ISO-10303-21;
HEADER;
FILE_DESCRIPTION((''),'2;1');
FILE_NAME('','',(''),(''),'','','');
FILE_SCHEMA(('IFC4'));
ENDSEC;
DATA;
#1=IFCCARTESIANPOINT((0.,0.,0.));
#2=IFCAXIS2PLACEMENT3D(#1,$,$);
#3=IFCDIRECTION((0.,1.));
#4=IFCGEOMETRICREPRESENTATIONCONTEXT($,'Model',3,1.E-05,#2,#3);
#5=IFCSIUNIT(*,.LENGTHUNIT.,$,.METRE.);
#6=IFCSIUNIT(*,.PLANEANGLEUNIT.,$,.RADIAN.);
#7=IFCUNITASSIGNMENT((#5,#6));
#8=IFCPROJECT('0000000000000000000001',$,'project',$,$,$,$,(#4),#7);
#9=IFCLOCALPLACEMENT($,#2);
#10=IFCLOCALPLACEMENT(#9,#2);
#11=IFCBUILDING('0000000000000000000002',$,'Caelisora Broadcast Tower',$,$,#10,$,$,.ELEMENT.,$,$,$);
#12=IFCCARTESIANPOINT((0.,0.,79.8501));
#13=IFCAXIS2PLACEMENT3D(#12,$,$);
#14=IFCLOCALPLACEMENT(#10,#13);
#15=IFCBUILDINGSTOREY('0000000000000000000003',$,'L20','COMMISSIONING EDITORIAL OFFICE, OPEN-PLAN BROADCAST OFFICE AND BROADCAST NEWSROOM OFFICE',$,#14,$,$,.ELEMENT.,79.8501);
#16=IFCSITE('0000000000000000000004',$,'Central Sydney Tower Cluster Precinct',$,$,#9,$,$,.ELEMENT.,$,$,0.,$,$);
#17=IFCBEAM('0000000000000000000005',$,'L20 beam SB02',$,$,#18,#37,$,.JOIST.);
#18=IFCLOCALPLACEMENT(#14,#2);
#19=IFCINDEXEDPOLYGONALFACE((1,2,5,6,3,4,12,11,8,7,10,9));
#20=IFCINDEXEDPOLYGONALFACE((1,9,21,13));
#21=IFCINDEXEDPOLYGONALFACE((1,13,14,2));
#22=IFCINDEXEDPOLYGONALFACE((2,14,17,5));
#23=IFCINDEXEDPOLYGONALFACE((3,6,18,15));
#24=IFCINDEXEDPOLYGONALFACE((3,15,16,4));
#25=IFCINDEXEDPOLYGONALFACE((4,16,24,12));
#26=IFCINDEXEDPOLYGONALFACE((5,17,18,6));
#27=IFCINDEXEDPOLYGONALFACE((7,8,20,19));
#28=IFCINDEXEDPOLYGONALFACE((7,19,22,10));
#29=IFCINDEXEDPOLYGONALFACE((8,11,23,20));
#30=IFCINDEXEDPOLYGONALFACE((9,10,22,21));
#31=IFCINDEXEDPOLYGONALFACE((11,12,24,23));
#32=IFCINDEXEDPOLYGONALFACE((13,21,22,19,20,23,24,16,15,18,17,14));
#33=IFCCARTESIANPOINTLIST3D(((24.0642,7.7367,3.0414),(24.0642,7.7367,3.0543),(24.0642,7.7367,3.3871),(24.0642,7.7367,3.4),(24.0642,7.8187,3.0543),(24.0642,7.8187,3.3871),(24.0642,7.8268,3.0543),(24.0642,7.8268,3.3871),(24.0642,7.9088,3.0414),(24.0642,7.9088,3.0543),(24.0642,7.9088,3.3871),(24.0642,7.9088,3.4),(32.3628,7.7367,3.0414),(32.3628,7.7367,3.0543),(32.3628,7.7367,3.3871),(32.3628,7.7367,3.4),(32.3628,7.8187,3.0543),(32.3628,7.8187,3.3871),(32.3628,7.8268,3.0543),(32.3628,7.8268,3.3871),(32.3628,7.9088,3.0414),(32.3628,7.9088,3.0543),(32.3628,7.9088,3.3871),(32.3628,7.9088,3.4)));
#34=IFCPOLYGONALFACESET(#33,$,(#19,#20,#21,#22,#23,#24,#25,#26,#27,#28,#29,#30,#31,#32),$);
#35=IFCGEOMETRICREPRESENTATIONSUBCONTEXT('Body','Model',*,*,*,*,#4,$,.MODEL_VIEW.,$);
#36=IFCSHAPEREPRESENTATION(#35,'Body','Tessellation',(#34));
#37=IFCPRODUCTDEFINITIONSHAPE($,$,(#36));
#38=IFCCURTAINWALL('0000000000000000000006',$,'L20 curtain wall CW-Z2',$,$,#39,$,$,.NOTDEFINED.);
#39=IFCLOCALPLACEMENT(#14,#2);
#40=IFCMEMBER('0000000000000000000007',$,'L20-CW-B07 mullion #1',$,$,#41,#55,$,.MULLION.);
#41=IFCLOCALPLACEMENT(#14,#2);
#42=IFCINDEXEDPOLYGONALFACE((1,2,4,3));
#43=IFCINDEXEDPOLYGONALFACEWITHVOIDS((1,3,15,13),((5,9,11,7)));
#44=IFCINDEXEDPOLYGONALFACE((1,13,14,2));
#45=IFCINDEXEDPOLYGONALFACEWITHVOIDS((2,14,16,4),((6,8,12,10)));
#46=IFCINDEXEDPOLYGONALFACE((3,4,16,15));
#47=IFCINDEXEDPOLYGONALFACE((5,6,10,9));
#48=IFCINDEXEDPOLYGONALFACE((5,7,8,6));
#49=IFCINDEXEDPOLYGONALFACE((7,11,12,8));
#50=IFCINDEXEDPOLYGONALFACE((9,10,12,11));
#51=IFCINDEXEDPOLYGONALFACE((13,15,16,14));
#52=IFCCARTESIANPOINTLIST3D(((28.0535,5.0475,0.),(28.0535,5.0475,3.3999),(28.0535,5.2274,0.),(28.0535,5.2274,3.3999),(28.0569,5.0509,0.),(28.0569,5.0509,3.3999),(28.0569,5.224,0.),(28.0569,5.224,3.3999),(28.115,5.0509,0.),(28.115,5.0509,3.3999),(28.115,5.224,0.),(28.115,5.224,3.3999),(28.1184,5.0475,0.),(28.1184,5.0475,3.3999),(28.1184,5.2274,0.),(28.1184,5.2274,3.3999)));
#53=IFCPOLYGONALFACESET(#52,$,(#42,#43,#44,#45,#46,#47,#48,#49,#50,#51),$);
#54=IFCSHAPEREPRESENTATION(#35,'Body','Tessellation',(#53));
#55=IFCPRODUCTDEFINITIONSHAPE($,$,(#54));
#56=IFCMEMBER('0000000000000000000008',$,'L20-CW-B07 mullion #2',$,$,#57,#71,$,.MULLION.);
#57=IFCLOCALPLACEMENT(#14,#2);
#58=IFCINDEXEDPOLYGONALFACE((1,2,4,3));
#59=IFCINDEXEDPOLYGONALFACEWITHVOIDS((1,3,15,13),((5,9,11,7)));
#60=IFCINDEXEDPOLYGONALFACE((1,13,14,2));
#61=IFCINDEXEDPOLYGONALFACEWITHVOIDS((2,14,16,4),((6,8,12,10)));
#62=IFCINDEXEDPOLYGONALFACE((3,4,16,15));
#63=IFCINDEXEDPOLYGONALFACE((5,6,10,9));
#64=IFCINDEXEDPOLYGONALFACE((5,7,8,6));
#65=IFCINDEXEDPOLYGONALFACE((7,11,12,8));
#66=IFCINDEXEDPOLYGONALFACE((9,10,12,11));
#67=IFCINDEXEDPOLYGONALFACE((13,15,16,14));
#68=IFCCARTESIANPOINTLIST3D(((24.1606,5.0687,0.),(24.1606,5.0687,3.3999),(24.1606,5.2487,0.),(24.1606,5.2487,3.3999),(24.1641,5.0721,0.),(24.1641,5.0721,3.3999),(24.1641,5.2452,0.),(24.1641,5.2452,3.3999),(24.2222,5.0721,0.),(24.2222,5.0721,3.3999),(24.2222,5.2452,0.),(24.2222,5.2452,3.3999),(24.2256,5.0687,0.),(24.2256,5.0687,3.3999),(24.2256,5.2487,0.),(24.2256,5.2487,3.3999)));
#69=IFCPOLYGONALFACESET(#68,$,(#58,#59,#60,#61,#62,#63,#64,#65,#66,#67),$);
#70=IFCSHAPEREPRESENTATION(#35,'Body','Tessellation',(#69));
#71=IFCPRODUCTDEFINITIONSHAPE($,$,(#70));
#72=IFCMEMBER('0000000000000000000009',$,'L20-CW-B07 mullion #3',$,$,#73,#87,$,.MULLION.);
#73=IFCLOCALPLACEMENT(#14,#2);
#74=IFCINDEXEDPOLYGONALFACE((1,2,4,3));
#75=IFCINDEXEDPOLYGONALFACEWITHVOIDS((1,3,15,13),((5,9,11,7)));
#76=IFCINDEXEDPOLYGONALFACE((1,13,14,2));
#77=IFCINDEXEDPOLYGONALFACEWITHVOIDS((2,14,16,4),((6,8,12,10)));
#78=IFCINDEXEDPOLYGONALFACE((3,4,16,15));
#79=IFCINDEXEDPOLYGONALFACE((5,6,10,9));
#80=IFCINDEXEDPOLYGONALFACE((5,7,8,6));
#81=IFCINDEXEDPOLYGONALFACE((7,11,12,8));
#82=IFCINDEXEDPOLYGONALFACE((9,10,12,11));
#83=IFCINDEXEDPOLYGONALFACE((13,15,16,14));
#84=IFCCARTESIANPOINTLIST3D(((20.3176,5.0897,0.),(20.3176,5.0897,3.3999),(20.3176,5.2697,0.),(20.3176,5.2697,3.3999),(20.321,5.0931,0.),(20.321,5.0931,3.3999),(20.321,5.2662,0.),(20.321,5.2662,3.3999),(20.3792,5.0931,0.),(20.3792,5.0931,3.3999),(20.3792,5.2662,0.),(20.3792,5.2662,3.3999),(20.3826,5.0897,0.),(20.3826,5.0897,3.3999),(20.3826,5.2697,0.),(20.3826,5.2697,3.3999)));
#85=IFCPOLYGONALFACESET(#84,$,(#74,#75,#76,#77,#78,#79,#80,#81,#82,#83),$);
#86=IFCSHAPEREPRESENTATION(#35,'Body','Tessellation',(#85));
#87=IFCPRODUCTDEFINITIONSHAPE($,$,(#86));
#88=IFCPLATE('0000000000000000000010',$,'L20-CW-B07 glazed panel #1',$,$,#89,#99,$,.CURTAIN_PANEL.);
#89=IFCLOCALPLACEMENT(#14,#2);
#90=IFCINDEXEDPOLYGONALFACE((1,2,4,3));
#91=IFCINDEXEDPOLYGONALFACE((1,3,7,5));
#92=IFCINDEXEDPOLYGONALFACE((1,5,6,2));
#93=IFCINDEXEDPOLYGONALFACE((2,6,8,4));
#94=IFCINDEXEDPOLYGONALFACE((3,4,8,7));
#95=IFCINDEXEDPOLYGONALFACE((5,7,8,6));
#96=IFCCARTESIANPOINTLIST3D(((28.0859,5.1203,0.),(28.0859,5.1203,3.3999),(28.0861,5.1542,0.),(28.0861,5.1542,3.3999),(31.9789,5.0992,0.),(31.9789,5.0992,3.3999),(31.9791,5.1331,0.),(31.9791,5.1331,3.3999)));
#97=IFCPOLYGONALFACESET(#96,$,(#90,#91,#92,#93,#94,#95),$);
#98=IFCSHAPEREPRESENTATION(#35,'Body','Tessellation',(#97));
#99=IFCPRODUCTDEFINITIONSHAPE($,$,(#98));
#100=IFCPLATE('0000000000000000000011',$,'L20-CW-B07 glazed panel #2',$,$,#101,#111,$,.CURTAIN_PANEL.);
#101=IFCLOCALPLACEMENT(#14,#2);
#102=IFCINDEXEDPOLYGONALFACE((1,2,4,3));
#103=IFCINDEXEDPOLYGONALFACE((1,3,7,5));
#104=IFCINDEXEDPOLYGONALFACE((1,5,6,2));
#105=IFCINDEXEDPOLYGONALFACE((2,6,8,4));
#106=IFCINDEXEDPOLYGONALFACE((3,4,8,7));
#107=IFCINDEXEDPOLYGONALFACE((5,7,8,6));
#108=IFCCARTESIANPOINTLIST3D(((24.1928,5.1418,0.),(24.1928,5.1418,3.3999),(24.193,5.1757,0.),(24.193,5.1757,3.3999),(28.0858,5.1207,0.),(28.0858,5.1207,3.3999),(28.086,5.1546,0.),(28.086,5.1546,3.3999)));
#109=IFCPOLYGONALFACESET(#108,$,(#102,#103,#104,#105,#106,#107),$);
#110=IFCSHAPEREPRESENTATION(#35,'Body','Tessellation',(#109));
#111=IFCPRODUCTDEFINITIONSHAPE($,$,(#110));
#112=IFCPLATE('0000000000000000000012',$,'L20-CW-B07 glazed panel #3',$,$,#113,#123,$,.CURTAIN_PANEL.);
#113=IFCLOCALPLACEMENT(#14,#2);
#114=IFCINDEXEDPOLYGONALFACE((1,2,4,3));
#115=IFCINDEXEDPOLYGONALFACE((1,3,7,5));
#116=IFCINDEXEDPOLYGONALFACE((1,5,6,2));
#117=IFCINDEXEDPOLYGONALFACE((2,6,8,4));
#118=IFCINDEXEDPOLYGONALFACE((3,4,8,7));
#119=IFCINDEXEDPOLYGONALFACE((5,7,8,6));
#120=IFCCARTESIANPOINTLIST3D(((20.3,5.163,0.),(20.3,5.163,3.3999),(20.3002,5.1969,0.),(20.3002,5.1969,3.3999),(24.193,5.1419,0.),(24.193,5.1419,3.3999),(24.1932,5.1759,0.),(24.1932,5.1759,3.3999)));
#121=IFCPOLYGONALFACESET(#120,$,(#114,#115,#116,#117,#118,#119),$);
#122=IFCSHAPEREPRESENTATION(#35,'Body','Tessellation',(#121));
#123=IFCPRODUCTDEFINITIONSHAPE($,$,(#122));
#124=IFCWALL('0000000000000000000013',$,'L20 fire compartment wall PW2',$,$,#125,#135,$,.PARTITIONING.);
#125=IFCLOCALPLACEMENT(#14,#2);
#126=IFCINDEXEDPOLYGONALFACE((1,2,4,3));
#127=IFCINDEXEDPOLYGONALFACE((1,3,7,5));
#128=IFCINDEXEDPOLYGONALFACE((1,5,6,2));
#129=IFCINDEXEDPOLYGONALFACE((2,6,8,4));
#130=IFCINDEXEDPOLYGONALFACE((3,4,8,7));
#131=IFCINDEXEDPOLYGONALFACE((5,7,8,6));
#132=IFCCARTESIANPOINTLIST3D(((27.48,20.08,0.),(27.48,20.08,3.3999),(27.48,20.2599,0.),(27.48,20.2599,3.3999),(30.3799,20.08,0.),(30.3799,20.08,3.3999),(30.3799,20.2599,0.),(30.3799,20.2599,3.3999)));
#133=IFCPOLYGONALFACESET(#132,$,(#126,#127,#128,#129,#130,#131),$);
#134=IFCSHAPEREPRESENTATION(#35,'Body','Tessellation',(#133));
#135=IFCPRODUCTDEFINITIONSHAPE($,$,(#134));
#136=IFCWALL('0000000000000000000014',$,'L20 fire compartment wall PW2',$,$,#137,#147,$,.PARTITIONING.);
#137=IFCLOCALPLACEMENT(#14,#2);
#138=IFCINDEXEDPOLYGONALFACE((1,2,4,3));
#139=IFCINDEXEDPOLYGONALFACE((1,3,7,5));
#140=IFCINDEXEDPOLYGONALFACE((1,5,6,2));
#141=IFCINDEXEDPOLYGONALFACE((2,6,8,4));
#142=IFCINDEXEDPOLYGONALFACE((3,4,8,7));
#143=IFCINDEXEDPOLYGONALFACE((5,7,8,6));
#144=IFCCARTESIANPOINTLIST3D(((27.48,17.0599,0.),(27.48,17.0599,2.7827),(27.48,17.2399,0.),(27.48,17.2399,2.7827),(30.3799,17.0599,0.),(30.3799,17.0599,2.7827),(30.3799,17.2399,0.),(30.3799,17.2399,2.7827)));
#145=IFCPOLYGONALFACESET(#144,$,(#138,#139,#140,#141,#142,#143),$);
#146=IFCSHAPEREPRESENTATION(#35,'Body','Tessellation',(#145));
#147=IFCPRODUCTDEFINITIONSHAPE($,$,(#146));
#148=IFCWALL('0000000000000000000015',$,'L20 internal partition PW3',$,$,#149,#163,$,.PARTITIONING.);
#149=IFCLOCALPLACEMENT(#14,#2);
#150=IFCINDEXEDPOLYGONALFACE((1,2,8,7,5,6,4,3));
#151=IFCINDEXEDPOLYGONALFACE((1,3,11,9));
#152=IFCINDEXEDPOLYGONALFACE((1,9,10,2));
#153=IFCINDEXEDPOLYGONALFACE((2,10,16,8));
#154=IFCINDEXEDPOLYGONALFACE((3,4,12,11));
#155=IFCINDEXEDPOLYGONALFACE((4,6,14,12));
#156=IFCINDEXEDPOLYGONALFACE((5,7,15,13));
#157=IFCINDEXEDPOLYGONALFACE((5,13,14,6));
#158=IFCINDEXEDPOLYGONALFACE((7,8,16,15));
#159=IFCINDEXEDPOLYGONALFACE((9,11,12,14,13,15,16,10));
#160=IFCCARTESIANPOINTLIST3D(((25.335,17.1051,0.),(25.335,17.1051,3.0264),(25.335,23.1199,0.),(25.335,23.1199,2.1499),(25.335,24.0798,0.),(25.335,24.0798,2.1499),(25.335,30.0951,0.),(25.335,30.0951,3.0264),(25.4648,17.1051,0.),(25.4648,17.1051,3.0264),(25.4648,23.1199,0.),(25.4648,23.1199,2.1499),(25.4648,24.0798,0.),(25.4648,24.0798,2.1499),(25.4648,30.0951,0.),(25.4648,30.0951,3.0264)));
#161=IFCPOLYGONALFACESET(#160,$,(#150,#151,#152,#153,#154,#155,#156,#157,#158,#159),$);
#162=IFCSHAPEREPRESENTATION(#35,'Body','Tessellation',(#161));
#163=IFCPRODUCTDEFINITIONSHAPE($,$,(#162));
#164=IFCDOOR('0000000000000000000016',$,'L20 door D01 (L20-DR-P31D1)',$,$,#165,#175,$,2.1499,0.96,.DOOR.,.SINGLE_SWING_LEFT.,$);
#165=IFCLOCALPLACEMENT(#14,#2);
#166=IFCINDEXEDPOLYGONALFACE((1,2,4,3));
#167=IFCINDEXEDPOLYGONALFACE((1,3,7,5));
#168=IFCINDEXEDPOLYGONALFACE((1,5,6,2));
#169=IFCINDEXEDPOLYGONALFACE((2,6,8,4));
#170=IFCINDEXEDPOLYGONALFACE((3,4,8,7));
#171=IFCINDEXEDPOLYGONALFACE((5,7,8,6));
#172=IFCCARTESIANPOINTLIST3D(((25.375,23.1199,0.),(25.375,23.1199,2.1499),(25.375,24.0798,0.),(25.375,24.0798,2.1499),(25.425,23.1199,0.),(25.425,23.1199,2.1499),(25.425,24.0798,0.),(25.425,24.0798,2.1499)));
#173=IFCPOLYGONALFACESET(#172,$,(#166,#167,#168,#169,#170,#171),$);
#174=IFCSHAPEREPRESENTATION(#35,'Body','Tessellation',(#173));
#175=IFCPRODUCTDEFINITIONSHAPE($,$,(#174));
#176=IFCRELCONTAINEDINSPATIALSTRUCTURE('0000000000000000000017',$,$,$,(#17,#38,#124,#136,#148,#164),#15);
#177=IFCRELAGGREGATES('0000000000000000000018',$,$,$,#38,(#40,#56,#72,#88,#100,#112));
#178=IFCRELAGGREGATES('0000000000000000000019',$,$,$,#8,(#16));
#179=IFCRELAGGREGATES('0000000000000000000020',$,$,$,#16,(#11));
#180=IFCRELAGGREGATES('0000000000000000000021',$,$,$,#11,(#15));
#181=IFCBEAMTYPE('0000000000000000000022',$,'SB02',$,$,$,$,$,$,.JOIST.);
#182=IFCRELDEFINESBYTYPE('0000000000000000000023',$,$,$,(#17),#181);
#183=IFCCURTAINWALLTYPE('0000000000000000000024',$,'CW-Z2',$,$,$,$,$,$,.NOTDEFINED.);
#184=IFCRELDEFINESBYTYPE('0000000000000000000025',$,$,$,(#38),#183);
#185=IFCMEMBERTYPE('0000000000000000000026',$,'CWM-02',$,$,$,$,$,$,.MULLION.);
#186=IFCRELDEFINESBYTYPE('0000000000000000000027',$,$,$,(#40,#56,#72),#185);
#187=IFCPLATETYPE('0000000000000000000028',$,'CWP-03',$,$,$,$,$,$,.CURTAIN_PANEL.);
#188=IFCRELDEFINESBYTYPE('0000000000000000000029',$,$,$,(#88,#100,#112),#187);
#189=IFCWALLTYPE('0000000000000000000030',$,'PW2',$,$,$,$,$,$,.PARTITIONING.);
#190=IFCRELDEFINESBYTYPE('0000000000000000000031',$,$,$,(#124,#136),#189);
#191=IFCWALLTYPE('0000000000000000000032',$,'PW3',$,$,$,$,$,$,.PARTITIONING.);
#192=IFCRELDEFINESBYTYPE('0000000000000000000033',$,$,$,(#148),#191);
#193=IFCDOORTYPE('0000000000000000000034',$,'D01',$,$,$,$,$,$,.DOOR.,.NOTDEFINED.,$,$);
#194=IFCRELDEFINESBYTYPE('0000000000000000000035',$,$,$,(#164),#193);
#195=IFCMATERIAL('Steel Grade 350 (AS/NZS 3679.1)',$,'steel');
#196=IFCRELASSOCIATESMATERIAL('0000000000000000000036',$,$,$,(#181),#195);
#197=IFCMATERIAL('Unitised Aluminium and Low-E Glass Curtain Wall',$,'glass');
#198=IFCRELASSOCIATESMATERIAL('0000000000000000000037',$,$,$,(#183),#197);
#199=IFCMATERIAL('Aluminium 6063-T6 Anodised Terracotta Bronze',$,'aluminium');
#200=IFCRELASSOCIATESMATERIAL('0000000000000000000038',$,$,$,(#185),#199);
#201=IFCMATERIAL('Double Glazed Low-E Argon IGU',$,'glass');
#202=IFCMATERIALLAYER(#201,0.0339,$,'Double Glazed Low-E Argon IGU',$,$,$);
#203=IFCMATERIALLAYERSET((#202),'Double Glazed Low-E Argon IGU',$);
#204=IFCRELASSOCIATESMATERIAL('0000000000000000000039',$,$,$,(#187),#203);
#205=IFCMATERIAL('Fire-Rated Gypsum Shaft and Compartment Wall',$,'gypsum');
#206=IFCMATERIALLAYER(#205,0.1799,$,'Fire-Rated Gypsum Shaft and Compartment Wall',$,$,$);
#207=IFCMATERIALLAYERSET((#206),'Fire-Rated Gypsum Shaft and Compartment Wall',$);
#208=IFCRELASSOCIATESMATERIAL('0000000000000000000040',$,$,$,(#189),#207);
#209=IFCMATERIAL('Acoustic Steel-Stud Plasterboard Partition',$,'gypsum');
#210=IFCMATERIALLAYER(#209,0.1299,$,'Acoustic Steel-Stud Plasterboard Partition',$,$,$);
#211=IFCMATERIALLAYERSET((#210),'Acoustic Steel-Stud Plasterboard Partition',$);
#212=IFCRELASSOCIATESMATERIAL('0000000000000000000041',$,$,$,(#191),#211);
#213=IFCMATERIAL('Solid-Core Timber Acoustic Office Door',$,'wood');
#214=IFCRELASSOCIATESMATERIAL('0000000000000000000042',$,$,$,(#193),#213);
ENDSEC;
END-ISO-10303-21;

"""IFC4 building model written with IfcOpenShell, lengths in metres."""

from ifc_helpers import new_model, si_unit, direction, frame, frame_2d, origin, origin_2d, place, context, subcontext, project, spatial, rectangle, hollow_rectangle, i_section, extrude, source, transform, mapped, material, layer, layer_set, material_profile, profile_set, type_object, type_shapes, element, fill, aggregate, save


model = new_model("IFC4")

# Units and contexts
model_context = context("Model", 3, precision=1e-05, world=origin(), true_north=direction((0.0, 1.0)))
body_context = subcontext(model_context, "Body", "Model", "MODEL_VIEW")
ifc_project = project(units=[si_unit("LENGTHUNIT", "METRE"), si_unit("PLANEANGLEUNIT", "RADIAN")], contexts=[model_context])

# Site, building, storey
site_placement = place(None, origin())
site = spatial("IfcSite", under=ifc_project, at=site_placement, Name="Central Sydney Tower Cluster Precinct", CompositionType="ELEMENT", RefElevation=0.0)
building_placement = place(site_placement, origin())
building = spatial("IfcBuilding", under=site, at=building_placement, Name="Caelisora Broadcast Tower", CompositionType="ELEMENT")
storey_placement = place(building_placement, frame((0.0, 0.0, 79.8501)))
storey = spatial("IfcBuildingStorey", under=building, at=storey_placement, Name="L20", Description="COMMISSIONING EDITORIAL OFFICE, OPEN-PLAN BROADCAST OFFICE AND BROADCAST NEWSROOM OFFICE", CompositionType="ELEMENT", Elevation=79.8501)

# Beam
ifc_material_1 = material(Name="Steel Grade 350 (AS/NZS 3679.1)", Category="steel")
ifc_material_profile_1 = material_profile(ifc_material_1, i_section(OverallWidth=0.1721, OverallDepth=0.3586, WebThickness=0.0081, FlangeThickness=0.0129, at=origin_2d()), Name="Steel Grade 350 (AS/NZS 3679.1)")
ifc_profile_set_1 = profile_set([ifc_material_profile_1], Name="Steel Grade 350 (AS/NZS 3679.1)")
beam_type_1 = type_object("IfcBeamType", Name="SB02", PredefinedType="JOIST", material=ifc_profile_set_1)
shared_shape_1 = source(origin(), body_context, "Body", "SweptSolid", [
    extrude(i_section(OverallWidth=0.1721, OverallDepth=0.3586, WebThickness=0.0081, FlangeThickness=0.0129, at=origin_2d()), origin(), (0.0, 0.0, 1.0), 8.2986),
])
beam_1_placement = place(storey_placement, frame((24.0642, 7.8228, 3.2207), z_axis=(1.0, 0.0, 0.0), x_axis=(0.0, 1.0, 0.0)))
element("IfcBeam", 1, at=beam_1_placement, inside=storey, type_object=beam_type_1, Name="L20 beam SB02", PredefinedType="JOIST", context=body_context, shape_type="MappedRepresentation", body=[
    mapped(shared_shape_1, transform((0.0, 0.0, 0.0), scale=1.0)),
])

# Curtain wall, members, plates
ifc_material_2 = material(Name="Unitised Aluminium and Low-E Glass Curtain Wall", Category="glass")
curtain_wall_type = type_object("IfcCurtainWallType", Name="CW-Z2", PredefinedType="NOTDEFINED", material=ifc_material_2)
curtain_wall_placement = place(storey_placement, origin())
curtain_wall = element("IfcCurtainWall", 2, at=curtain_wall_placement, inside=storey, type_object=curtain_wall_type, Name="L20 curtain wall CW-Z2", PredefinedType="NOTDEFINED")
ifc_material_3 = material(Name="Aluminium 6063-T6 Anodised Terracotta Bronze", Category="aluminium")
ifc_material_profile_2 = material_profile(ifc_material_3, hollow_rectangle(XDim=0.0649, YDim=0.1799, WallThickness=0.0034, at=origin_2d()), Name="Aluminium 6063-T6 Anodised Terracotta Bronze")
ifc_profile_set_2 = profile_set([ifc_material_profile_2], Name="Aluminium 6063-T6 Anodised Terracotta Bronze")
member_type = type_object("IfcMemberType", Name="CWM-02", PredefinedType="MULLION", material=ifc_profile_set_2)
shared_shape_2 = source(origin(), body_context, "Body", "SweptSolid", [
    extrude(hollow_rectangle(XDim=0.0649, YDim=0.1799, WallThickness=0.0034, at=origin_2d()), origin(), (0.0, 0.0, 1.0), 3.3999),
])
type_shapes(member_type, [shared_shape_2])
member_1_placement = place(storey_placement, frame((28.0859, 5.1375, 0.0), z_axis=(0.0, 0.0, 1.0), x_axis=(1.0, 0.0, 0.0)))
member_1 = element("IfcMember", 3, at=member_1_placement, type_object=member_type, Name="L20-CW-B07 mullion #1", PredefinedType="MULLION", context=body_context, shape_type="MappedRepresentation", body=[
    mapped(shared_shape_2, transform((0.0, 0.0, 0.0), scale=1.0)),
])
member_2_placement = place(storey_placement, frame((24.1931, 5.1587, 0.0), z_axis=(0.0, 0.0, 1.0), x_axis=(1.0, 0.0, 0.0)))
member_2 = element("IfcMember", 4, at=member_2_placement, type_object=member_type, Name="L20-CW-B07 mullion #2", PredefinedType="MULLION", context=body_context, shape_type="MappedRepresentation", body=[
    mapped(shared_shape_2, transform((0.0, 0.0, 0.0), scale=1.0)),
])
member_3_placement = place(storey_placement, frame((20.3501, 5.1797, 0.0), z_axis=(0.0, 0.0, 1.0), x_axis=(1.0, 0.0, 0.0)))
member_3 = element("IfcMember", 5, at=member_3_placement, type_object=member_type, Name="L20-CW-B07 mullion #3", PredefinedType="MULLION", context=body_context, shape_type="MappedRepresentation", body=[
    mapped(shared_shape_2, transform((0.0, 0.0, 0.0), scale=1.0)),
])
ifc_material_4 = material(Name="Double Glazed Low-E Argon IGU", Category="glass")
ifc_layer_1 = layer(ifc_material_4, 0.0339, Name="Double Glazed Low-E Argon IGU")
ifc_layer_set_1 = layer_set([ifc_layer_1], Name="Double Glazed Low-E Argon IGU")
plate_type = type_object("IfcPlateType", Name="CWP-03", PredefinedType="CURTAIN_PANEL", material=ifc_layer_set_1)
shared_shape_3 = source(origin(), body_context, "Body", "SweptSolid", [
    extrude(rectangle(XDim=3.8931, YDim=0.0339, at=origin_2d()), origin(), (0.0, 0.0, 1.0), 3.3999),
])
type_shapes(plate_type, [shared_shape_3])
plate_1_placement = place(storey_placement, frame((30.0325, 5.1267, 0.0), z_axis=(0.0, 0.0, 1.0), x_axis=(-0.999985, 0.00541, 0.0)))
plate_1 = element("IfcPlate", 6, at=plate_1_placement, type_object=plate_type, Name="L20-CW-B07 glazed panel #1", PredefinedType="CURTAIN_PANEL", context=body_context, shape_type="MappedRepresentation", body=[
    mapped(shared_shape_3, transform((0.0, 0.0, 0.0), scale=1.0)),
])
plate_2_placement = place(storey_placement, frame((26.1394, 5.1482, 0.0), z_axis=(0.0, 0.0, 1.0), x_axis=(-0.999985, 0.00541, 0.0)))
plate_2 = element("IfcPlate", 7, at=plate_2_placement, type_object=plate_type, Name="L20-CW-B07 glazed panel #2", PredefinedType="CURTAIN_PANEL", context=body_context, shape_type="MappedRepresentation", body=[
    mapped(shared_shape_3, transform((0.0, 0.0, 0.0), scale=1.0)),
])
plate_3_placement = place(storey_placement, frame((22.2466, 5.1694, 0.0), z_axis=(0.0, 0.0, 1.0), x_axis=(-0.999985, 0.00541, 0.0)))
plate_3 = element("IfcPlate", 8, at=plate_3_placement, type_object=plate_type, Name="L20-CW-B07 glazed panel #3", PredefinedType="CURTAIN_PANEL", context=body_context, shape_type="MappedRepresentation", body=[
    mapped(shared_shape_3, transform((0.0, 0.0, 0.0), scale=1.0)),
])
aggregate(curtain_wall, [member_1, member_2, member_3, plate_1, plate_2, plate_3])

# Wall
ifc_material_5 = material(Name="Fire-Rated Gypsum Shaft and Compartment Wall", Category="gypsum")
ifc_layer_2 = layer(ifc_material_5, 0.1799, Name="Fire-Rated Gypsum Shaft and Compartment Wall")
ifc_layer_set_2 = layer_set([ifc_layer_2], Name="Fire-Rated Gypsum Shaft and Compartment Wall")
wall_type_1 = type_object("IfcWallType", Name="PW2", PredefinedType="PARTITIONING", material=ifc_layer_set_2)
wall_1_placement = place(storey_placement, frame((27.48, 20.1699, 0.0), z_axis=(0.0, 0.0, 1.0), x_axis=(1.0, 0.0, 0.0)))
element("IfcWall", 9, at=wall_1_placement, inside=storey, type_object=wall_type_1, Name="L20 fire compartment wall PW2", PredefinedType="PARTITIONING", context=body_context, shape_type="SweptSolid", body=[
    extrude(rectangle(XDim=2.8999, YDim=0.1799, at=frame_2d((1.45, 0.0))), origin(), (0.0, 0.0, 1.0), 3.3999),
])

# Wall
wall_2_placement = place(storey_placement, frame((27.48, 17.1499, 0.0), z_axis=(0.0, 0.0, 1.0), x_axis=(1.0, 0.0, 0.0)))
element("IfcWall", 10, at=wall_2_placement, inside=storey, type_object=wall_type_1, Name="L20 fire compartment wall PW2", PredefinedType="PARTITIONING", context=body_context, shape_type="SweptSolid", body=[
    extrude(rectangle(XDim=2.8999, YDim=0.1799, at=frame_2d((1.45, 0.0))), origin(), (0.0, 0.0, 1.0), 2.7827),
])

# Wall, opening, door
ifc_material_6 = material(Name="Acoustic Steel-Stud Plasterboard Partition", Category="gypsum")
ifc_layer_3 = layer(ifc_material_6, 0.1299, Name="Acoustic Steel-Stud Plasterboard Partition")
ifc_layer_set_3 = layer_set([ifc_layer_3], Name="Acoustic Steel-Stud Plasterboard Partition")
wall_type_2 = type_object("IfcWallType", Name="PW3", PredefinedType="PARTITIONING", material=ifc_layer_set_3)
wall_3_placement = place(storey_placement, frame((25.3999, 17.105, 0.0), z_axis=(0.0, 0.0, 1.0), x_axis=(0.0, 1.0, 0.0)))
wall_3 = element("IfcWall", 11, at=wall_3_placement, inside=storey, type_object=wall_type_2, Name="L20 internal partition PW3", PredefinedType="PARTITIONING", context=body_context, shape_type="SweptSolid", body=[
    extrude(rectangle(XDim=12.99, YDim=0.1299, at=frame_2d((6.4951, 0.0))), origin(), (0.0, 0.0, 1.0), 3.0264),
])
opening_1_placement = place(wall_3_placement, frame((6.0149, 0.0, 0.0)))
opening_1 = element("IfcOpeningElement", 12, at=opening_1_placement, cuts=wall_3, PredefinedType="OPENING", context=body_context, shape_type="SweptSolid", body=[
    extrude(rectangle(XDim=0.96, YDim=2.1499, at=frame_2d((0.48, 1.075))), frame((0.0, 0.0769, 0.0), z_axis=(0.0, -1.0, 0.0), x_axis=(1.0, 0.0, 0.0)), (0.0, 0.0, 1.0), 0.1538),
])
ifc_material_7 = material(Name="Solid-Core Timber Acoustic Office Door", Category="wood")
door_type_1 = type_object("IfcDoorType", Name="D01", OperationType="NOTDEFINED", PredefinedType="DOOR", material=ifc_material_7)
door_1_placement = place(opening_1_placement, origin())
door_1 = element("IfcDoor", 13, at=door_1_placement, inside=storey, type_object=door_type_1, Name="L20 door D01 (L20-DR-P31D1)", OperationType="SINGLE_SWING_LEFT", OverallHeight=2.1499, OverallWidth=0.96, PredefinedType="DOOR", context=body_context, shape_type="SweptSolid", body=[
    extrude(rectangle(XDim=0.96, YDim=2.1499, at=frame_2d((0.48, 1.075))), frame((0.0, 0.0249, 0.0), z_axis=(0.0, -1.0, 0.0), x_axis=(1.0, 0.0, 0.0)), (0.0, 0.0, 1.0), 0.05),
])
fill(opening_1, door_1)

save(model, "model.ifc")
